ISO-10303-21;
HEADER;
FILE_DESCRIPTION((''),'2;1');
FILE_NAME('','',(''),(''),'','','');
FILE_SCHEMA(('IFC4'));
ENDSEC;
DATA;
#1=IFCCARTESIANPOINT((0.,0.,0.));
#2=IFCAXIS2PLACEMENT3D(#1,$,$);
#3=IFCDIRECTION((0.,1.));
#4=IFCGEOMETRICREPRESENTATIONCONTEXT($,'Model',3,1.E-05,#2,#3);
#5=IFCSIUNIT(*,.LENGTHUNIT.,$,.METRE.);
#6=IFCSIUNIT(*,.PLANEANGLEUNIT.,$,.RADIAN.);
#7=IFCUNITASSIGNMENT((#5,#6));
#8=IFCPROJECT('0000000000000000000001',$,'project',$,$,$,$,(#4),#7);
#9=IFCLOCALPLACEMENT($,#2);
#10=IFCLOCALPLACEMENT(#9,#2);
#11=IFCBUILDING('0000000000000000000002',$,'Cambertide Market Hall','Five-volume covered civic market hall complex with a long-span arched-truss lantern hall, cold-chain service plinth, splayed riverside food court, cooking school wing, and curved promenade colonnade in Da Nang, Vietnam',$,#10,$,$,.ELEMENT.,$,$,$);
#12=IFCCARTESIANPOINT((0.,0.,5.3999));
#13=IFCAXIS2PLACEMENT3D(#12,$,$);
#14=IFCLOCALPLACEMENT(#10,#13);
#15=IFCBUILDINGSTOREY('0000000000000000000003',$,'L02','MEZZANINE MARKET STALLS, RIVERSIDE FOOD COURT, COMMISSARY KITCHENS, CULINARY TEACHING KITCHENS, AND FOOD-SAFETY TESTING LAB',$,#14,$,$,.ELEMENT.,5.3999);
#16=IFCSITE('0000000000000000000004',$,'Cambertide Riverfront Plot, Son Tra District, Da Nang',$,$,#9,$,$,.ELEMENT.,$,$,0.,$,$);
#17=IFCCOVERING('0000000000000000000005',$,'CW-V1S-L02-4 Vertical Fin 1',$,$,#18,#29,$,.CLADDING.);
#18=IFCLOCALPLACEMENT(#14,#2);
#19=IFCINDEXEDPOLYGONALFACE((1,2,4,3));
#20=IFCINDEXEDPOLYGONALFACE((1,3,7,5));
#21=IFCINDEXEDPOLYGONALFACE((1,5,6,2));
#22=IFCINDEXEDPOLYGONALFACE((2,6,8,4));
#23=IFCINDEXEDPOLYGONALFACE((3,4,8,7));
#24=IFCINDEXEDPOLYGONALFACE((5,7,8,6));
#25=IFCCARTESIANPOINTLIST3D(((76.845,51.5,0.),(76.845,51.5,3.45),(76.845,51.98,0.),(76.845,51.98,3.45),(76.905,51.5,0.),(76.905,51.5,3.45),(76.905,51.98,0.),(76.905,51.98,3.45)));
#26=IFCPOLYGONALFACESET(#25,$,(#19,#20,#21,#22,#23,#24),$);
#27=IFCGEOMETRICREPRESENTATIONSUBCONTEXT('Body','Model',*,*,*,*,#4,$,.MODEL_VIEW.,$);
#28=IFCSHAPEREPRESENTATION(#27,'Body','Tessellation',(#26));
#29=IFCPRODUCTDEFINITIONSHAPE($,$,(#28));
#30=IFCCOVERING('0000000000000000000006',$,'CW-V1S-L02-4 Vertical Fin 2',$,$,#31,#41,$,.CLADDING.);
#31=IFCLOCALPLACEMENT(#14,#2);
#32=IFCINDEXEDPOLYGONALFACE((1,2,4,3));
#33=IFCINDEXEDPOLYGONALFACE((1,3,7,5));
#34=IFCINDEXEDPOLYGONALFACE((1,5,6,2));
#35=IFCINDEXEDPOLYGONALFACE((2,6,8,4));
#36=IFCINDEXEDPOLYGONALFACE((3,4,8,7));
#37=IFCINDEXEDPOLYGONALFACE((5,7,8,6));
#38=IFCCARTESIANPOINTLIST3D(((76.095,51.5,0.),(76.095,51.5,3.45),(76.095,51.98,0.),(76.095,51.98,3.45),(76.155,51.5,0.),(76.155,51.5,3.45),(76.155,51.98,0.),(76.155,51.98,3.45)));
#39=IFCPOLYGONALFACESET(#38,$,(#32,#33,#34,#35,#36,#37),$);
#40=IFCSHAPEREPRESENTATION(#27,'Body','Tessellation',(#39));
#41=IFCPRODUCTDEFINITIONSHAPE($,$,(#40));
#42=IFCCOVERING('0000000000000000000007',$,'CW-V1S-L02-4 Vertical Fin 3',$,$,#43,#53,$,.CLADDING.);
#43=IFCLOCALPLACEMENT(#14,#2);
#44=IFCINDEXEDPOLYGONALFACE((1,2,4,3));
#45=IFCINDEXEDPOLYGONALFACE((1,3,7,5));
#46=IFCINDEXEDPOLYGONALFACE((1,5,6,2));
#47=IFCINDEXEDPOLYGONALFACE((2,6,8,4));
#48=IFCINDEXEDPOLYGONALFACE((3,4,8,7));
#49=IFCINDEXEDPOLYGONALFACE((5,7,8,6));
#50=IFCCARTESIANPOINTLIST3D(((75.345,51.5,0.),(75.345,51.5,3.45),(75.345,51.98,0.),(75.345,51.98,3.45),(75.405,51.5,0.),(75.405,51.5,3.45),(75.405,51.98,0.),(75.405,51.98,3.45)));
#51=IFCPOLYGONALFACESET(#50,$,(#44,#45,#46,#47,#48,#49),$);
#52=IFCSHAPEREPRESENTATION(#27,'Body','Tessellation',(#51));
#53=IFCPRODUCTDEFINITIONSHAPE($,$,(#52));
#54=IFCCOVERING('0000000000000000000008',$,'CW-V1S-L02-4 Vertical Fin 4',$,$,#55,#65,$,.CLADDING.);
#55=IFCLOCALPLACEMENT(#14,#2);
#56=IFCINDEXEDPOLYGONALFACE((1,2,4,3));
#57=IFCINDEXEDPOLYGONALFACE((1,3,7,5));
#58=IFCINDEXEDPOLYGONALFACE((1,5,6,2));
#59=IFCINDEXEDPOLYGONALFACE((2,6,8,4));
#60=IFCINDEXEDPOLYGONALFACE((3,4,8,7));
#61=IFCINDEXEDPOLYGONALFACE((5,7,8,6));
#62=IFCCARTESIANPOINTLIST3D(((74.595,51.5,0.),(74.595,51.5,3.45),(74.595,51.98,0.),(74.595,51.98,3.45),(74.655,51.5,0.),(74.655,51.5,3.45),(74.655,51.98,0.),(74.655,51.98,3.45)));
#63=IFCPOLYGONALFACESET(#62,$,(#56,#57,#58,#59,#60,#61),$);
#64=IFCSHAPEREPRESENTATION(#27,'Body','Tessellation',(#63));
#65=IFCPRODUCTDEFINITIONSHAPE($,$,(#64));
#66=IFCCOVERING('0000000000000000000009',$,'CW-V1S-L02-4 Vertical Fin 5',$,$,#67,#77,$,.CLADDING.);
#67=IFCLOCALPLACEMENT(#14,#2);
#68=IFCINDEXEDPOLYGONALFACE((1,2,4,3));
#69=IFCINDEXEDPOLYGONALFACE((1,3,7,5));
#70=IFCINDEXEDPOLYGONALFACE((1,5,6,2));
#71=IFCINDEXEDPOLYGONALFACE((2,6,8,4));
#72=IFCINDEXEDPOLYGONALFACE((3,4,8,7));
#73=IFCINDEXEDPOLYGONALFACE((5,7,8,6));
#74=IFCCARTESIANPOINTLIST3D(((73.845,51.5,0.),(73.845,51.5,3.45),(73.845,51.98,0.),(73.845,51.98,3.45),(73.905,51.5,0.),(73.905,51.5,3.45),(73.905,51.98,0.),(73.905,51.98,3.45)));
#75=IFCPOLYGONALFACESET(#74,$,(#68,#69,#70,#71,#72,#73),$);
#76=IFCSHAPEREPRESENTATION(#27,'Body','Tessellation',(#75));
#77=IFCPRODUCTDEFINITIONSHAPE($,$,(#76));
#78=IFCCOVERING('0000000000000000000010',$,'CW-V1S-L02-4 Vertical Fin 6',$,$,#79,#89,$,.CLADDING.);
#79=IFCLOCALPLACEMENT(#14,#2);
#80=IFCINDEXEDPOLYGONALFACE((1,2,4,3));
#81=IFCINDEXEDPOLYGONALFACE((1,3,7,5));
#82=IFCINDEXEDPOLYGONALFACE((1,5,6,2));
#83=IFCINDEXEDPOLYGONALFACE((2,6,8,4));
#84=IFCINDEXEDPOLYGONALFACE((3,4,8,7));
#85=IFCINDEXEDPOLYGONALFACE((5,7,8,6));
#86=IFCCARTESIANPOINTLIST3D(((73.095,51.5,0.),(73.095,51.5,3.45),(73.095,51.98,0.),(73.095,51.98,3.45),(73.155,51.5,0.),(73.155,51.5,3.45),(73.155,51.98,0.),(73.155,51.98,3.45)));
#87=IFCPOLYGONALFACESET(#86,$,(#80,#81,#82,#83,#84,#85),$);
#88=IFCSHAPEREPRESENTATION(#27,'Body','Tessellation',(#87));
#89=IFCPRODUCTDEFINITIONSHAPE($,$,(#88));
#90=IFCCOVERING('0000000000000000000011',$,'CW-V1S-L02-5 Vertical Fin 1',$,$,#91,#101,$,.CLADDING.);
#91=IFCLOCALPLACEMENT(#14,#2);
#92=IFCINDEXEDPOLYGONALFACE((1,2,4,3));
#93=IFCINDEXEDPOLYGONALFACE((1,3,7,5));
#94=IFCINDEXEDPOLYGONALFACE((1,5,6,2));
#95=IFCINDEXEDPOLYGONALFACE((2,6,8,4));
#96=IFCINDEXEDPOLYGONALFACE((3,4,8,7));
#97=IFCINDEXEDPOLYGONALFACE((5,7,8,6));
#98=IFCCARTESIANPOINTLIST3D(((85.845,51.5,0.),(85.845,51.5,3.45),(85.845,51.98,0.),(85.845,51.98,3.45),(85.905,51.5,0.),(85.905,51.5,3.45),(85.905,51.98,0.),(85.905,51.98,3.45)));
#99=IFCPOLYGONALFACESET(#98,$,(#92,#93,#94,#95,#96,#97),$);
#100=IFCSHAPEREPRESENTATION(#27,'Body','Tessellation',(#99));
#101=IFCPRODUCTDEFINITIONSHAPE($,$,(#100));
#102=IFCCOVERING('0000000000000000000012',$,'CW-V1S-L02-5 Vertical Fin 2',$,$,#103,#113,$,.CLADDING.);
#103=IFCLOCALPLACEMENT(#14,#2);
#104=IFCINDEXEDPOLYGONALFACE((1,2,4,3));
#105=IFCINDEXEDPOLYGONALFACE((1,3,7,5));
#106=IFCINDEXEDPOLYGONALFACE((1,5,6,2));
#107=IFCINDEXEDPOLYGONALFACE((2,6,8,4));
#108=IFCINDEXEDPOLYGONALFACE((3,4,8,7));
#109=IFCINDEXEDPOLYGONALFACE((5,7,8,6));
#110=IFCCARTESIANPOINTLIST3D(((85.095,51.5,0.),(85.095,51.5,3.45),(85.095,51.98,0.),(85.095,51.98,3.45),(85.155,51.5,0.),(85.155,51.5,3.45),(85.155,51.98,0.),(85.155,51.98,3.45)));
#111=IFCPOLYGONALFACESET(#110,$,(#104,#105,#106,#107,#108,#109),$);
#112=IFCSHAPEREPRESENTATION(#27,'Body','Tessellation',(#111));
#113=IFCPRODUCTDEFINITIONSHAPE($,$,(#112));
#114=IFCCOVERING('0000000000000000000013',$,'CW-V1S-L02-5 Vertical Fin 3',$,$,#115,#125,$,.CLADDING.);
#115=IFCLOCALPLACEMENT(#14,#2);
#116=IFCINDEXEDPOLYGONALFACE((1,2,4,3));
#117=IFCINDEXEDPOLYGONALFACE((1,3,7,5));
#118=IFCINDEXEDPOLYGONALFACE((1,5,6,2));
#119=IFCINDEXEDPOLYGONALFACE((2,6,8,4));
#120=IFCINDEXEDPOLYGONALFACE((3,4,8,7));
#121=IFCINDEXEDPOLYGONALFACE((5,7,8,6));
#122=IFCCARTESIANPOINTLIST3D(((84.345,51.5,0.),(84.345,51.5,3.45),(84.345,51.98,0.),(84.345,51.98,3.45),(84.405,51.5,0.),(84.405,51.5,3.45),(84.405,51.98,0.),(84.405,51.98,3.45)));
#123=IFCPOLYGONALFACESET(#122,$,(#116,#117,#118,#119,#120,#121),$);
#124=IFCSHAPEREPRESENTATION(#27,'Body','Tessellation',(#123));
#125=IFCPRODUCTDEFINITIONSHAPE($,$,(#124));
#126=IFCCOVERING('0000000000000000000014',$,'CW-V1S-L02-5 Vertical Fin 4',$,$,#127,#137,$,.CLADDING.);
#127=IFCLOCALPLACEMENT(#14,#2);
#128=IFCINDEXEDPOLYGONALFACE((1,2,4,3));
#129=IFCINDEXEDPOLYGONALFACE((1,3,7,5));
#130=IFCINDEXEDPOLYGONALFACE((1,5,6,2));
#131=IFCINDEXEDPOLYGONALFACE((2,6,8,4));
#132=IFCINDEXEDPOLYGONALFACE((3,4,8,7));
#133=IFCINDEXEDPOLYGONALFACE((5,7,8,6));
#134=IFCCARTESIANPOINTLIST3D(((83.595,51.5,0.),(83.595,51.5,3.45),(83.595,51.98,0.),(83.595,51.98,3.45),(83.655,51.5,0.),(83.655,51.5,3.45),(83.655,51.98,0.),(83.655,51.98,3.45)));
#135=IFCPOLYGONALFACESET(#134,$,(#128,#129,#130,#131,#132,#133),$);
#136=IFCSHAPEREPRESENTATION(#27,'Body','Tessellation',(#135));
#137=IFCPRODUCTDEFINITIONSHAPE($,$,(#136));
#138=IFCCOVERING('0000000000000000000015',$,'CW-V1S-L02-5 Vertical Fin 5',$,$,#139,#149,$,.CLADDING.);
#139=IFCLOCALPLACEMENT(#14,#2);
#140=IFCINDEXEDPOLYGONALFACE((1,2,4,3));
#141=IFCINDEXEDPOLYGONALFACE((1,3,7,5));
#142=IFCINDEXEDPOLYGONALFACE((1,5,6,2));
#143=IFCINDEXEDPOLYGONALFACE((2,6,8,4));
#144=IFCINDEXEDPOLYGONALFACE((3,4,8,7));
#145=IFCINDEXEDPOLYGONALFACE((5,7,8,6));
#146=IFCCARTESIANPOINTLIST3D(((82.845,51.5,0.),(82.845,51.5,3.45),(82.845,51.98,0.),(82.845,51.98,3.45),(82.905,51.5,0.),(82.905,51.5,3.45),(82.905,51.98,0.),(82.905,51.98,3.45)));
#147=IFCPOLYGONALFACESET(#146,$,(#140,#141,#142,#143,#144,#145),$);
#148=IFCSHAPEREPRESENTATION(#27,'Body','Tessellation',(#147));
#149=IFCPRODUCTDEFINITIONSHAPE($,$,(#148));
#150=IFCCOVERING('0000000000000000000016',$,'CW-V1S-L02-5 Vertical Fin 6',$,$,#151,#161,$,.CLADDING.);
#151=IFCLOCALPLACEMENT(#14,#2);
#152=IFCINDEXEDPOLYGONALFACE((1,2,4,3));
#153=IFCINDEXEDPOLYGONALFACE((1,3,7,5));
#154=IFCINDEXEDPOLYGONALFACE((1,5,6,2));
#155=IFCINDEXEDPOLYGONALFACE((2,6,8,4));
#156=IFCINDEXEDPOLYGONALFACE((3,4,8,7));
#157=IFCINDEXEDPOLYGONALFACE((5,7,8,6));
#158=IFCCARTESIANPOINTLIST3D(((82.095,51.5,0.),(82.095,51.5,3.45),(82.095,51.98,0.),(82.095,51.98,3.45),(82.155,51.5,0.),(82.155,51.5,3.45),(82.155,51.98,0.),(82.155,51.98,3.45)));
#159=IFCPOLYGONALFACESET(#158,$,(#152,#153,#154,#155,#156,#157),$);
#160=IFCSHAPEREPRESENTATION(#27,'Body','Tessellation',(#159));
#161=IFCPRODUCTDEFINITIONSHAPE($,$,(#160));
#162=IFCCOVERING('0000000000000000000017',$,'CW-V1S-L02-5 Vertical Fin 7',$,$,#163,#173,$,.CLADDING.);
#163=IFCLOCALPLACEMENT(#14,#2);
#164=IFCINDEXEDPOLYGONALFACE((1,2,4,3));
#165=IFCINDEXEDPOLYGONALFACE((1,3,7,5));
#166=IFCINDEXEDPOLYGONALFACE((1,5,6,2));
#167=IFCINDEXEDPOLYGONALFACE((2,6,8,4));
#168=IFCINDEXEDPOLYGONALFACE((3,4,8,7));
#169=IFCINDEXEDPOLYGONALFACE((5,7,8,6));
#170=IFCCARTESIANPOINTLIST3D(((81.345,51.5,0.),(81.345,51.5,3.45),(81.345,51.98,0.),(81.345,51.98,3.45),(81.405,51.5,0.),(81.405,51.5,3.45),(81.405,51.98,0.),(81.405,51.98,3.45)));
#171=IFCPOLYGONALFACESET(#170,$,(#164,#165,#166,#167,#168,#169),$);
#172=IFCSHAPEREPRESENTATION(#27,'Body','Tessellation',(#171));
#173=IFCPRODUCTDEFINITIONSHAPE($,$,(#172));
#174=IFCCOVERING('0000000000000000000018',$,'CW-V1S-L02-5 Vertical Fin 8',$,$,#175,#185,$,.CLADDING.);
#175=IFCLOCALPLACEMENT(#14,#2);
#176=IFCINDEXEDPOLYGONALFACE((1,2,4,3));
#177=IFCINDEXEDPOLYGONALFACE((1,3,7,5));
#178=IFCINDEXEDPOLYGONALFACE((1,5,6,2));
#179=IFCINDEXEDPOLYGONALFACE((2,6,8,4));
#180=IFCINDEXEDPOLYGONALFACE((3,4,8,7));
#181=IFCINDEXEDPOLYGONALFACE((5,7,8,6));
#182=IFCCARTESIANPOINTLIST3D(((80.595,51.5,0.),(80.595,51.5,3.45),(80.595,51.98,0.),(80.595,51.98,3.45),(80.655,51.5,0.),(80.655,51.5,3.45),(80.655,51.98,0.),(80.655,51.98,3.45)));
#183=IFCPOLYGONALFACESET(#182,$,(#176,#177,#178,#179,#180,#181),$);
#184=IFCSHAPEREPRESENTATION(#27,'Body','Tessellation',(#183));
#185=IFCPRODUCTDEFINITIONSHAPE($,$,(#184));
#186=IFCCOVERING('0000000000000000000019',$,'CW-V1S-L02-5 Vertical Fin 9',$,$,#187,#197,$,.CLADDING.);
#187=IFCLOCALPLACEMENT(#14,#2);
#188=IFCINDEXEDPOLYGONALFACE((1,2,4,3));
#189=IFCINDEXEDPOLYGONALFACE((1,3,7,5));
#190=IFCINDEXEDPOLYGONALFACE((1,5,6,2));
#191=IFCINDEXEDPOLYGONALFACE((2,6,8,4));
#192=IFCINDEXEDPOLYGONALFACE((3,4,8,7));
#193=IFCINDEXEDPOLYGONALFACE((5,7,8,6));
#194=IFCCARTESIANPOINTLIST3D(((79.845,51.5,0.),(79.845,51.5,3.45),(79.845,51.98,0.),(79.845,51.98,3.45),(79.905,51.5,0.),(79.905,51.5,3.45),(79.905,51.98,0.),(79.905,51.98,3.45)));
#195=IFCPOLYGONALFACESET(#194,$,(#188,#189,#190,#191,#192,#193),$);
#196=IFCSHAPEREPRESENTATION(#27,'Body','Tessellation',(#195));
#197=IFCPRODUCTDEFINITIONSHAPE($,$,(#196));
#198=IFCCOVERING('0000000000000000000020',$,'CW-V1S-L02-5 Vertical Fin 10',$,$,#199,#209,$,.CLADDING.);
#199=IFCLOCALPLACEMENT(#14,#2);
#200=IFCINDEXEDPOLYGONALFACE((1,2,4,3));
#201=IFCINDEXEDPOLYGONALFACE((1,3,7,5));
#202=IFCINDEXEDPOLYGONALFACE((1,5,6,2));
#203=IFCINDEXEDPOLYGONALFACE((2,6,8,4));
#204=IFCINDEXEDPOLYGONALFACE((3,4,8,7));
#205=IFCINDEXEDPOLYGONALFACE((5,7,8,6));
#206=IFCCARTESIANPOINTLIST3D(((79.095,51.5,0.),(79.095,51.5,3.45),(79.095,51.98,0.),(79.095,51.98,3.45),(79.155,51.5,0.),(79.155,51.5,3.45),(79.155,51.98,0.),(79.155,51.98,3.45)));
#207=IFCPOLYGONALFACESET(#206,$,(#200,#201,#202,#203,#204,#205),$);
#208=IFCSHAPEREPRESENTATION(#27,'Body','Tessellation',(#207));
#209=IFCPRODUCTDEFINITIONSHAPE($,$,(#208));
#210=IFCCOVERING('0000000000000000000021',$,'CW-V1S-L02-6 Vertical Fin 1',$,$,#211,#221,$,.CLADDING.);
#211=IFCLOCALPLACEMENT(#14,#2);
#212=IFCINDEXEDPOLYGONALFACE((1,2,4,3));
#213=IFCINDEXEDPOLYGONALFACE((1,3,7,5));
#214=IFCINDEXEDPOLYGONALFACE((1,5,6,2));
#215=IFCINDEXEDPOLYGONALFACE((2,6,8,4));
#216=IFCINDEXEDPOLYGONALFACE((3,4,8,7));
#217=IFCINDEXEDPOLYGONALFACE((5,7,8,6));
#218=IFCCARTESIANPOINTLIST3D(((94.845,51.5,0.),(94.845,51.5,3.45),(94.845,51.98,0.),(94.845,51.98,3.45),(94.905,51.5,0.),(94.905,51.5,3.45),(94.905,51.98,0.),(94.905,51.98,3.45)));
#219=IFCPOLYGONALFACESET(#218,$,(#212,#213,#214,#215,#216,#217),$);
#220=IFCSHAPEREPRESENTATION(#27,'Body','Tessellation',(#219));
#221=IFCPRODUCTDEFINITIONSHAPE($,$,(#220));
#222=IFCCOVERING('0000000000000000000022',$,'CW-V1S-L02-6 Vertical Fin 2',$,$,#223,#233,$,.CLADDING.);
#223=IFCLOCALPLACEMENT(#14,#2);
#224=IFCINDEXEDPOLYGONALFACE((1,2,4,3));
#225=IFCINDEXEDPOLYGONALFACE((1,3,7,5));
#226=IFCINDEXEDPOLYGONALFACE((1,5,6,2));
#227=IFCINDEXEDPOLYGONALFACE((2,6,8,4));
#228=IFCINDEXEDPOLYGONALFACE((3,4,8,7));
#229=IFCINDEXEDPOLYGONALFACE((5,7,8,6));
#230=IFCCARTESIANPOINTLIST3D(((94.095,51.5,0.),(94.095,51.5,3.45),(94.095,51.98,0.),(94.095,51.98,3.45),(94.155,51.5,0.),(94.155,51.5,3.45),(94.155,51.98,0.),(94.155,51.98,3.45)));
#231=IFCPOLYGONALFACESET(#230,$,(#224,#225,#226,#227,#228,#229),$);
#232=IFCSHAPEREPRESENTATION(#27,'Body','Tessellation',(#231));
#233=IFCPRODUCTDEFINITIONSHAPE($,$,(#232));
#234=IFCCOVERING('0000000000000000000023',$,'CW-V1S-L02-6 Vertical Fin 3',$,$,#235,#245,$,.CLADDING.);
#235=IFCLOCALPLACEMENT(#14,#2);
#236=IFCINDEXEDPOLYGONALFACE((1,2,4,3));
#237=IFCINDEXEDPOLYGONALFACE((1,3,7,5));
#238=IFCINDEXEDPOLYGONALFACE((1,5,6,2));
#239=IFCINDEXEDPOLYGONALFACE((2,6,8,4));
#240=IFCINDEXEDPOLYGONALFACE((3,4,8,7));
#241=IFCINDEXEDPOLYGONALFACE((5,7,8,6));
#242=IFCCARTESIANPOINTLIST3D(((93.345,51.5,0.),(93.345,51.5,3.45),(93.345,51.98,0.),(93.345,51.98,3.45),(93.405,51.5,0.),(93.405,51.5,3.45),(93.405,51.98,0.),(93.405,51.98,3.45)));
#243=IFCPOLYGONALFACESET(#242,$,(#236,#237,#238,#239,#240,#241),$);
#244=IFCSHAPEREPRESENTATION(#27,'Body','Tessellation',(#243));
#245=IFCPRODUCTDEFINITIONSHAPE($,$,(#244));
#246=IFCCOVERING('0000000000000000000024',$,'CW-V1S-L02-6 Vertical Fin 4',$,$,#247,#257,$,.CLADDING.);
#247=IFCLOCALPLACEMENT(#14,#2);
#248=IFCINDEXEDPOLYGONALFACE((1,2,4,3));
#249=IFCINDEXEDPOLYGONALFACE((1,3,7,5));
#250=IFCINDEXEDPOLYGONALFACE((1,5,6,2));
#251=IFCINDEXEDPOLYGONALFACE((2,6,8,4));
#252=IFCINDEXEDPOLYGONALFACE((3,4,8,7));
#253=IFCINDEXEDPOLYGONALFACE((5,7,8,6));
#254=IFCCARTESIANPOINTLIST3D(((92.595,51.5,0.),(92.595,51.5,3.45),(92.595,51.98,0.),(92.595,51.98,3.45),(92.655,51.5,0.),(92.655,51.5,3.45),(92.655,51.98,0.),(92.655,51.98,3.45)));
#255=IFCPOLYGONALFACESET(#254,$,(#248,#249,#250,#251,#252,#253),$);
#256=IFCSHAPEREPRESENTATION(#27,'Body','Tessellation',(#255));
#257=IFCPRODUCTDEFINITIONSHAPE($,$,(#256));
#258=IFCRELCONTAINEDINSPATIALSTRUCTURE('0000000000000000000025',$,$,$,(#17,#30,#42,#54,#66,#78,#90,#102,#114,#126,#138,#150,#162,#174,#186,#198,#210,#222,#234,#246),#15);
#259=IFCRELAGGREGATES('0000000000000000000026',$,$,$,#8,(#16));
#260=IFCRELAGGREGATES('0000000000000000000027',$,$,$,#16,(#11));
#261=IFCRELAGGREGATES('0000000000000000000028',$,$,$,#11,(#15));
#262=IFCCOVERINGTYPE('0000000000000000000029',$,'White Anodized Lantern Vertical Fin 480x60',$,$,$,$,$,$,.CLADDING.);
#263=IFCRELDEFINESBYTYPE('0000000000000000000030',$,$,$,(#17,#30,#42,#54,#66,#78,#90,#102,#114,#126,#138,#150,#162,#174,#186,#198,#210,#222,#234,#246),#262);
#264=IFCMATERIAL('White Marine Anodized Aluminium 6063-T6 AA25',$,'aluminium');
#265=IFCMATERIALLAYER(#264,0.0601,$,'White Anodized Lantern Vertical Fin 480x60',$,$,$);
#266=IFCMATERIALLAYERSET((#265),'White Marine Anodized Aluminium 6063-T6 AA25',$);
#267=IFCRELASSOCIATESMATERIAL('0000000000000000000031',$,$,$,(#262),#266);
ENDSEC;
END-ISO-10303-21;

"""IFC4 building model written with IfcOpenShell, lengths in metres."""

from ifc_helpers import new_model, si_unit, direction, frame, origin, origin_2d, place, context, subcontext, project, spatial, rectangle, extrude, material, layer, layer_set, type_object, element, save


model = new_model("IFC4")

# Units and contexts
model_context = context("Model", 3, precision=1e-05, world=origin(), true_north=direction((0.0, 1.0)))
body_context = subcontext(model_context, "Body", "Model", "MODEL_VIEW")
ifc_project = project(units=[si_unit("LENGTHUNIT", "METRE"), si_unit("PLANEANGLEUNIT", "RADIAN")], contexts=[model_context])

# Site, building, storey
site_placement = place(None, origin())
site = spatial("IfcSite", under=ifc_project, at=site_placement, Name="Cambertide Riverfront Plot, Son Tra District, Da Nang", CompositionType="ELEMENT", RefElevation=0.0)
building_placement = place(site_placement, origin())
building = spatial("IfcBuilding", under=site, at=building_placement, Name="Cambertide Market Hall", Description="Five-volume covered civic market hall complex with a long-span arched-truss lantern hall, cold-chain service plinth, splayed riverside food court, cooking school wing, and curved promenade colonnade in Da Nang, Vietnam", CompositionType="ELEMENT")
storey_placement = place(building_placement, frame((0.0, 0.0, 5.3999)))
storey = spatial("IfcBuildingStorey", under=building, at=storey_placement, Name="L02", Description="MEZZANINE MARKET STALLS, RIVERSIDE FOOD COURT, COMMISSARY KITCHENS, CULINARY TEACHING KITCHENS, AND FOOD-SAFETY TESTING LAB", CompositionType="ELEMENT", Elevation=5.3999)

# Coverings
ifc_material = material(Name="White Marine Anodized Aluminium 6063-T6 AA25", Category="aluminium")
ifc_layer = layer(ifc_material, 0.0601, Name="White Anodized Lantern Vertical Fin 480x60")
ifc_layer_set = layer_set([ifc_layer], Name="White Marine Anodized Aluminium 6063-T6 AA25")
covering_type = type_object("IfcCoveringType", Name="White Anodized Lantern Vertical Fin 480x60", PredefinedType="CLADDING", material=ifc_layer_set)
for number, where, z_axis, x_axis, name in (
    (1, (76.875, 51.74, 0.0), (0.0, 0.0, 1.0), (-1.0, 0.0, 0.0), "CW-V1S-L02-4 Vertical Fin 1"),
    (2, (76.125, 51.74, 0.0), (0.0, 0.0, 1.0), (-1.0, 0.0, 0.0), "CW-V1S-L02-4 Vertical Fin 2"),
    (3, (75.375, 51.74, 0.0), (0.0, 0.0, 1.0), (-1.0, 0.0, 0.0), "CW-V1S-L02-4 Vertical Fin 3"),
    (4, (74.625, 51.74, 0.0), (0.0, 0.0, 1.0), (-1.0, 0.0, 0.0), "CW-V1S-L02-4 Vertical Fin 4"),
    (5, (73.875, 51.74, 0.0), (0.0, 0.0, 1.0), (-1.0, 0.0, 0.0), "CW-V1S-L02-4 Vertical Fin 5"),
    (6, (73.125, 51.74, 0.0), (0.0, 0.0, 1.0), (-1.0, 0.0, 0.0), "CW-V1S-L02-4 Vertical Fin 6"),
    (7, (85.875, 51.74, 0.0), (0.0, 0.0, 1.0), (-1.0, 0.0, 0.0), "CW-V1S-L02-5 Vertical Fin 1"),
    (8, (85.125, 51.74, 0.0), (0.0, 0.0, 1.0), (-1.0, 0.0, 0.0), "CW-V1S-L02-5 Vertical Fin 2"),
    (9, (84.375, 51.74, 0.0), (0.0, 0.0, 1.0), (-1.0, 0.0, 0.0), "CW-V1S-L02-5 Vertical Fin 3"),
    (10, (83.625, 51.74, 0.0), (0.0, 0.0, 1.0), (-1.0, 0.0, 0.0), "CW-V1S-L02-5 Vertical Fin 4"),
    (11, (82.875, 51.74, 0.0), (0.0, 0.0, 1.0), (-1.0, 0.0, 0.0), "CW-V1S-L02-5 Vertical Fin 5"),
    (12, (82.125, 51.74, 0.0), (0.0, 0.0, 1.0), (-1.0, 0.0, 0.0), "CW-V1S-L02-5 Vertical Fin 6"),
    (13, (81.375, 51.74, 0.0), (0.0, 0.0, 1.0), (-1.0, 0.0, 0.0), "CW-V1S-L02-5 Vertical Fin 7"),
    (14, (80.625, 51.74, 0.0), (0.0, 0.0, 1.0), (-1.0, 0.0, 0.0), "CW-V1S-L02-5 Vertical Fin 8"),
    (15, (79.875, 51.74, 0.0), (0.0, 0.0, 1.0), (-1.0, 0.0, 0.0), "CW-V1S-L02-5 Vertical Fin 9"),
    (16, (79.125, 51.74, 0.0), (0.0, 0.0, 1.0), (-1.0, 0.0, 0.0), "CW-V1S-L02-5 Vertical Fin 10"),
    (17, (94.875, 51.74, 0.0), (0.0, 0.0, 1.0), (-1.0, 0.0, 0.0), "CW-V1S-L02-6 Vertical Fin 1"),
    (18, (94.125, 51.74, 0.0), (0.0, 0.0, 1.0), (-1.0, 0.0, 0.0), "CW-V1S-L02-6 Vertical Fin 2"),
    (19, (93.375, 51.74, 0.0), (0.0, 0.0, 1.0), (-1.0, 0.0, 0.0), "CW-V1S-L02-6 Vertical Fin 3"),
    (20, (92.625, 51.74, 0.0), (0.0, 0.0, 1.0), (-1.0, 0.0, 0.0), "CW-V1S-L02-6 Vertical Fin 4"),
):
    element("IfcCovering", number, at=place(storey_placement, frame(where, z_axis=z_axis, x_axis=x_axis)), inside=storey, type_object=covering_type, Name=name, PredefinedType="CLADDING", context=body_context, shape_type="SweptSolid", body=[
        extrude(rectangle(XDim=0.0601, YDim=0.48, at=origin_2d()), origin(), (0.0, 0.0, 1.0), 3.45),
    ])

save(model, "model.ifc")
